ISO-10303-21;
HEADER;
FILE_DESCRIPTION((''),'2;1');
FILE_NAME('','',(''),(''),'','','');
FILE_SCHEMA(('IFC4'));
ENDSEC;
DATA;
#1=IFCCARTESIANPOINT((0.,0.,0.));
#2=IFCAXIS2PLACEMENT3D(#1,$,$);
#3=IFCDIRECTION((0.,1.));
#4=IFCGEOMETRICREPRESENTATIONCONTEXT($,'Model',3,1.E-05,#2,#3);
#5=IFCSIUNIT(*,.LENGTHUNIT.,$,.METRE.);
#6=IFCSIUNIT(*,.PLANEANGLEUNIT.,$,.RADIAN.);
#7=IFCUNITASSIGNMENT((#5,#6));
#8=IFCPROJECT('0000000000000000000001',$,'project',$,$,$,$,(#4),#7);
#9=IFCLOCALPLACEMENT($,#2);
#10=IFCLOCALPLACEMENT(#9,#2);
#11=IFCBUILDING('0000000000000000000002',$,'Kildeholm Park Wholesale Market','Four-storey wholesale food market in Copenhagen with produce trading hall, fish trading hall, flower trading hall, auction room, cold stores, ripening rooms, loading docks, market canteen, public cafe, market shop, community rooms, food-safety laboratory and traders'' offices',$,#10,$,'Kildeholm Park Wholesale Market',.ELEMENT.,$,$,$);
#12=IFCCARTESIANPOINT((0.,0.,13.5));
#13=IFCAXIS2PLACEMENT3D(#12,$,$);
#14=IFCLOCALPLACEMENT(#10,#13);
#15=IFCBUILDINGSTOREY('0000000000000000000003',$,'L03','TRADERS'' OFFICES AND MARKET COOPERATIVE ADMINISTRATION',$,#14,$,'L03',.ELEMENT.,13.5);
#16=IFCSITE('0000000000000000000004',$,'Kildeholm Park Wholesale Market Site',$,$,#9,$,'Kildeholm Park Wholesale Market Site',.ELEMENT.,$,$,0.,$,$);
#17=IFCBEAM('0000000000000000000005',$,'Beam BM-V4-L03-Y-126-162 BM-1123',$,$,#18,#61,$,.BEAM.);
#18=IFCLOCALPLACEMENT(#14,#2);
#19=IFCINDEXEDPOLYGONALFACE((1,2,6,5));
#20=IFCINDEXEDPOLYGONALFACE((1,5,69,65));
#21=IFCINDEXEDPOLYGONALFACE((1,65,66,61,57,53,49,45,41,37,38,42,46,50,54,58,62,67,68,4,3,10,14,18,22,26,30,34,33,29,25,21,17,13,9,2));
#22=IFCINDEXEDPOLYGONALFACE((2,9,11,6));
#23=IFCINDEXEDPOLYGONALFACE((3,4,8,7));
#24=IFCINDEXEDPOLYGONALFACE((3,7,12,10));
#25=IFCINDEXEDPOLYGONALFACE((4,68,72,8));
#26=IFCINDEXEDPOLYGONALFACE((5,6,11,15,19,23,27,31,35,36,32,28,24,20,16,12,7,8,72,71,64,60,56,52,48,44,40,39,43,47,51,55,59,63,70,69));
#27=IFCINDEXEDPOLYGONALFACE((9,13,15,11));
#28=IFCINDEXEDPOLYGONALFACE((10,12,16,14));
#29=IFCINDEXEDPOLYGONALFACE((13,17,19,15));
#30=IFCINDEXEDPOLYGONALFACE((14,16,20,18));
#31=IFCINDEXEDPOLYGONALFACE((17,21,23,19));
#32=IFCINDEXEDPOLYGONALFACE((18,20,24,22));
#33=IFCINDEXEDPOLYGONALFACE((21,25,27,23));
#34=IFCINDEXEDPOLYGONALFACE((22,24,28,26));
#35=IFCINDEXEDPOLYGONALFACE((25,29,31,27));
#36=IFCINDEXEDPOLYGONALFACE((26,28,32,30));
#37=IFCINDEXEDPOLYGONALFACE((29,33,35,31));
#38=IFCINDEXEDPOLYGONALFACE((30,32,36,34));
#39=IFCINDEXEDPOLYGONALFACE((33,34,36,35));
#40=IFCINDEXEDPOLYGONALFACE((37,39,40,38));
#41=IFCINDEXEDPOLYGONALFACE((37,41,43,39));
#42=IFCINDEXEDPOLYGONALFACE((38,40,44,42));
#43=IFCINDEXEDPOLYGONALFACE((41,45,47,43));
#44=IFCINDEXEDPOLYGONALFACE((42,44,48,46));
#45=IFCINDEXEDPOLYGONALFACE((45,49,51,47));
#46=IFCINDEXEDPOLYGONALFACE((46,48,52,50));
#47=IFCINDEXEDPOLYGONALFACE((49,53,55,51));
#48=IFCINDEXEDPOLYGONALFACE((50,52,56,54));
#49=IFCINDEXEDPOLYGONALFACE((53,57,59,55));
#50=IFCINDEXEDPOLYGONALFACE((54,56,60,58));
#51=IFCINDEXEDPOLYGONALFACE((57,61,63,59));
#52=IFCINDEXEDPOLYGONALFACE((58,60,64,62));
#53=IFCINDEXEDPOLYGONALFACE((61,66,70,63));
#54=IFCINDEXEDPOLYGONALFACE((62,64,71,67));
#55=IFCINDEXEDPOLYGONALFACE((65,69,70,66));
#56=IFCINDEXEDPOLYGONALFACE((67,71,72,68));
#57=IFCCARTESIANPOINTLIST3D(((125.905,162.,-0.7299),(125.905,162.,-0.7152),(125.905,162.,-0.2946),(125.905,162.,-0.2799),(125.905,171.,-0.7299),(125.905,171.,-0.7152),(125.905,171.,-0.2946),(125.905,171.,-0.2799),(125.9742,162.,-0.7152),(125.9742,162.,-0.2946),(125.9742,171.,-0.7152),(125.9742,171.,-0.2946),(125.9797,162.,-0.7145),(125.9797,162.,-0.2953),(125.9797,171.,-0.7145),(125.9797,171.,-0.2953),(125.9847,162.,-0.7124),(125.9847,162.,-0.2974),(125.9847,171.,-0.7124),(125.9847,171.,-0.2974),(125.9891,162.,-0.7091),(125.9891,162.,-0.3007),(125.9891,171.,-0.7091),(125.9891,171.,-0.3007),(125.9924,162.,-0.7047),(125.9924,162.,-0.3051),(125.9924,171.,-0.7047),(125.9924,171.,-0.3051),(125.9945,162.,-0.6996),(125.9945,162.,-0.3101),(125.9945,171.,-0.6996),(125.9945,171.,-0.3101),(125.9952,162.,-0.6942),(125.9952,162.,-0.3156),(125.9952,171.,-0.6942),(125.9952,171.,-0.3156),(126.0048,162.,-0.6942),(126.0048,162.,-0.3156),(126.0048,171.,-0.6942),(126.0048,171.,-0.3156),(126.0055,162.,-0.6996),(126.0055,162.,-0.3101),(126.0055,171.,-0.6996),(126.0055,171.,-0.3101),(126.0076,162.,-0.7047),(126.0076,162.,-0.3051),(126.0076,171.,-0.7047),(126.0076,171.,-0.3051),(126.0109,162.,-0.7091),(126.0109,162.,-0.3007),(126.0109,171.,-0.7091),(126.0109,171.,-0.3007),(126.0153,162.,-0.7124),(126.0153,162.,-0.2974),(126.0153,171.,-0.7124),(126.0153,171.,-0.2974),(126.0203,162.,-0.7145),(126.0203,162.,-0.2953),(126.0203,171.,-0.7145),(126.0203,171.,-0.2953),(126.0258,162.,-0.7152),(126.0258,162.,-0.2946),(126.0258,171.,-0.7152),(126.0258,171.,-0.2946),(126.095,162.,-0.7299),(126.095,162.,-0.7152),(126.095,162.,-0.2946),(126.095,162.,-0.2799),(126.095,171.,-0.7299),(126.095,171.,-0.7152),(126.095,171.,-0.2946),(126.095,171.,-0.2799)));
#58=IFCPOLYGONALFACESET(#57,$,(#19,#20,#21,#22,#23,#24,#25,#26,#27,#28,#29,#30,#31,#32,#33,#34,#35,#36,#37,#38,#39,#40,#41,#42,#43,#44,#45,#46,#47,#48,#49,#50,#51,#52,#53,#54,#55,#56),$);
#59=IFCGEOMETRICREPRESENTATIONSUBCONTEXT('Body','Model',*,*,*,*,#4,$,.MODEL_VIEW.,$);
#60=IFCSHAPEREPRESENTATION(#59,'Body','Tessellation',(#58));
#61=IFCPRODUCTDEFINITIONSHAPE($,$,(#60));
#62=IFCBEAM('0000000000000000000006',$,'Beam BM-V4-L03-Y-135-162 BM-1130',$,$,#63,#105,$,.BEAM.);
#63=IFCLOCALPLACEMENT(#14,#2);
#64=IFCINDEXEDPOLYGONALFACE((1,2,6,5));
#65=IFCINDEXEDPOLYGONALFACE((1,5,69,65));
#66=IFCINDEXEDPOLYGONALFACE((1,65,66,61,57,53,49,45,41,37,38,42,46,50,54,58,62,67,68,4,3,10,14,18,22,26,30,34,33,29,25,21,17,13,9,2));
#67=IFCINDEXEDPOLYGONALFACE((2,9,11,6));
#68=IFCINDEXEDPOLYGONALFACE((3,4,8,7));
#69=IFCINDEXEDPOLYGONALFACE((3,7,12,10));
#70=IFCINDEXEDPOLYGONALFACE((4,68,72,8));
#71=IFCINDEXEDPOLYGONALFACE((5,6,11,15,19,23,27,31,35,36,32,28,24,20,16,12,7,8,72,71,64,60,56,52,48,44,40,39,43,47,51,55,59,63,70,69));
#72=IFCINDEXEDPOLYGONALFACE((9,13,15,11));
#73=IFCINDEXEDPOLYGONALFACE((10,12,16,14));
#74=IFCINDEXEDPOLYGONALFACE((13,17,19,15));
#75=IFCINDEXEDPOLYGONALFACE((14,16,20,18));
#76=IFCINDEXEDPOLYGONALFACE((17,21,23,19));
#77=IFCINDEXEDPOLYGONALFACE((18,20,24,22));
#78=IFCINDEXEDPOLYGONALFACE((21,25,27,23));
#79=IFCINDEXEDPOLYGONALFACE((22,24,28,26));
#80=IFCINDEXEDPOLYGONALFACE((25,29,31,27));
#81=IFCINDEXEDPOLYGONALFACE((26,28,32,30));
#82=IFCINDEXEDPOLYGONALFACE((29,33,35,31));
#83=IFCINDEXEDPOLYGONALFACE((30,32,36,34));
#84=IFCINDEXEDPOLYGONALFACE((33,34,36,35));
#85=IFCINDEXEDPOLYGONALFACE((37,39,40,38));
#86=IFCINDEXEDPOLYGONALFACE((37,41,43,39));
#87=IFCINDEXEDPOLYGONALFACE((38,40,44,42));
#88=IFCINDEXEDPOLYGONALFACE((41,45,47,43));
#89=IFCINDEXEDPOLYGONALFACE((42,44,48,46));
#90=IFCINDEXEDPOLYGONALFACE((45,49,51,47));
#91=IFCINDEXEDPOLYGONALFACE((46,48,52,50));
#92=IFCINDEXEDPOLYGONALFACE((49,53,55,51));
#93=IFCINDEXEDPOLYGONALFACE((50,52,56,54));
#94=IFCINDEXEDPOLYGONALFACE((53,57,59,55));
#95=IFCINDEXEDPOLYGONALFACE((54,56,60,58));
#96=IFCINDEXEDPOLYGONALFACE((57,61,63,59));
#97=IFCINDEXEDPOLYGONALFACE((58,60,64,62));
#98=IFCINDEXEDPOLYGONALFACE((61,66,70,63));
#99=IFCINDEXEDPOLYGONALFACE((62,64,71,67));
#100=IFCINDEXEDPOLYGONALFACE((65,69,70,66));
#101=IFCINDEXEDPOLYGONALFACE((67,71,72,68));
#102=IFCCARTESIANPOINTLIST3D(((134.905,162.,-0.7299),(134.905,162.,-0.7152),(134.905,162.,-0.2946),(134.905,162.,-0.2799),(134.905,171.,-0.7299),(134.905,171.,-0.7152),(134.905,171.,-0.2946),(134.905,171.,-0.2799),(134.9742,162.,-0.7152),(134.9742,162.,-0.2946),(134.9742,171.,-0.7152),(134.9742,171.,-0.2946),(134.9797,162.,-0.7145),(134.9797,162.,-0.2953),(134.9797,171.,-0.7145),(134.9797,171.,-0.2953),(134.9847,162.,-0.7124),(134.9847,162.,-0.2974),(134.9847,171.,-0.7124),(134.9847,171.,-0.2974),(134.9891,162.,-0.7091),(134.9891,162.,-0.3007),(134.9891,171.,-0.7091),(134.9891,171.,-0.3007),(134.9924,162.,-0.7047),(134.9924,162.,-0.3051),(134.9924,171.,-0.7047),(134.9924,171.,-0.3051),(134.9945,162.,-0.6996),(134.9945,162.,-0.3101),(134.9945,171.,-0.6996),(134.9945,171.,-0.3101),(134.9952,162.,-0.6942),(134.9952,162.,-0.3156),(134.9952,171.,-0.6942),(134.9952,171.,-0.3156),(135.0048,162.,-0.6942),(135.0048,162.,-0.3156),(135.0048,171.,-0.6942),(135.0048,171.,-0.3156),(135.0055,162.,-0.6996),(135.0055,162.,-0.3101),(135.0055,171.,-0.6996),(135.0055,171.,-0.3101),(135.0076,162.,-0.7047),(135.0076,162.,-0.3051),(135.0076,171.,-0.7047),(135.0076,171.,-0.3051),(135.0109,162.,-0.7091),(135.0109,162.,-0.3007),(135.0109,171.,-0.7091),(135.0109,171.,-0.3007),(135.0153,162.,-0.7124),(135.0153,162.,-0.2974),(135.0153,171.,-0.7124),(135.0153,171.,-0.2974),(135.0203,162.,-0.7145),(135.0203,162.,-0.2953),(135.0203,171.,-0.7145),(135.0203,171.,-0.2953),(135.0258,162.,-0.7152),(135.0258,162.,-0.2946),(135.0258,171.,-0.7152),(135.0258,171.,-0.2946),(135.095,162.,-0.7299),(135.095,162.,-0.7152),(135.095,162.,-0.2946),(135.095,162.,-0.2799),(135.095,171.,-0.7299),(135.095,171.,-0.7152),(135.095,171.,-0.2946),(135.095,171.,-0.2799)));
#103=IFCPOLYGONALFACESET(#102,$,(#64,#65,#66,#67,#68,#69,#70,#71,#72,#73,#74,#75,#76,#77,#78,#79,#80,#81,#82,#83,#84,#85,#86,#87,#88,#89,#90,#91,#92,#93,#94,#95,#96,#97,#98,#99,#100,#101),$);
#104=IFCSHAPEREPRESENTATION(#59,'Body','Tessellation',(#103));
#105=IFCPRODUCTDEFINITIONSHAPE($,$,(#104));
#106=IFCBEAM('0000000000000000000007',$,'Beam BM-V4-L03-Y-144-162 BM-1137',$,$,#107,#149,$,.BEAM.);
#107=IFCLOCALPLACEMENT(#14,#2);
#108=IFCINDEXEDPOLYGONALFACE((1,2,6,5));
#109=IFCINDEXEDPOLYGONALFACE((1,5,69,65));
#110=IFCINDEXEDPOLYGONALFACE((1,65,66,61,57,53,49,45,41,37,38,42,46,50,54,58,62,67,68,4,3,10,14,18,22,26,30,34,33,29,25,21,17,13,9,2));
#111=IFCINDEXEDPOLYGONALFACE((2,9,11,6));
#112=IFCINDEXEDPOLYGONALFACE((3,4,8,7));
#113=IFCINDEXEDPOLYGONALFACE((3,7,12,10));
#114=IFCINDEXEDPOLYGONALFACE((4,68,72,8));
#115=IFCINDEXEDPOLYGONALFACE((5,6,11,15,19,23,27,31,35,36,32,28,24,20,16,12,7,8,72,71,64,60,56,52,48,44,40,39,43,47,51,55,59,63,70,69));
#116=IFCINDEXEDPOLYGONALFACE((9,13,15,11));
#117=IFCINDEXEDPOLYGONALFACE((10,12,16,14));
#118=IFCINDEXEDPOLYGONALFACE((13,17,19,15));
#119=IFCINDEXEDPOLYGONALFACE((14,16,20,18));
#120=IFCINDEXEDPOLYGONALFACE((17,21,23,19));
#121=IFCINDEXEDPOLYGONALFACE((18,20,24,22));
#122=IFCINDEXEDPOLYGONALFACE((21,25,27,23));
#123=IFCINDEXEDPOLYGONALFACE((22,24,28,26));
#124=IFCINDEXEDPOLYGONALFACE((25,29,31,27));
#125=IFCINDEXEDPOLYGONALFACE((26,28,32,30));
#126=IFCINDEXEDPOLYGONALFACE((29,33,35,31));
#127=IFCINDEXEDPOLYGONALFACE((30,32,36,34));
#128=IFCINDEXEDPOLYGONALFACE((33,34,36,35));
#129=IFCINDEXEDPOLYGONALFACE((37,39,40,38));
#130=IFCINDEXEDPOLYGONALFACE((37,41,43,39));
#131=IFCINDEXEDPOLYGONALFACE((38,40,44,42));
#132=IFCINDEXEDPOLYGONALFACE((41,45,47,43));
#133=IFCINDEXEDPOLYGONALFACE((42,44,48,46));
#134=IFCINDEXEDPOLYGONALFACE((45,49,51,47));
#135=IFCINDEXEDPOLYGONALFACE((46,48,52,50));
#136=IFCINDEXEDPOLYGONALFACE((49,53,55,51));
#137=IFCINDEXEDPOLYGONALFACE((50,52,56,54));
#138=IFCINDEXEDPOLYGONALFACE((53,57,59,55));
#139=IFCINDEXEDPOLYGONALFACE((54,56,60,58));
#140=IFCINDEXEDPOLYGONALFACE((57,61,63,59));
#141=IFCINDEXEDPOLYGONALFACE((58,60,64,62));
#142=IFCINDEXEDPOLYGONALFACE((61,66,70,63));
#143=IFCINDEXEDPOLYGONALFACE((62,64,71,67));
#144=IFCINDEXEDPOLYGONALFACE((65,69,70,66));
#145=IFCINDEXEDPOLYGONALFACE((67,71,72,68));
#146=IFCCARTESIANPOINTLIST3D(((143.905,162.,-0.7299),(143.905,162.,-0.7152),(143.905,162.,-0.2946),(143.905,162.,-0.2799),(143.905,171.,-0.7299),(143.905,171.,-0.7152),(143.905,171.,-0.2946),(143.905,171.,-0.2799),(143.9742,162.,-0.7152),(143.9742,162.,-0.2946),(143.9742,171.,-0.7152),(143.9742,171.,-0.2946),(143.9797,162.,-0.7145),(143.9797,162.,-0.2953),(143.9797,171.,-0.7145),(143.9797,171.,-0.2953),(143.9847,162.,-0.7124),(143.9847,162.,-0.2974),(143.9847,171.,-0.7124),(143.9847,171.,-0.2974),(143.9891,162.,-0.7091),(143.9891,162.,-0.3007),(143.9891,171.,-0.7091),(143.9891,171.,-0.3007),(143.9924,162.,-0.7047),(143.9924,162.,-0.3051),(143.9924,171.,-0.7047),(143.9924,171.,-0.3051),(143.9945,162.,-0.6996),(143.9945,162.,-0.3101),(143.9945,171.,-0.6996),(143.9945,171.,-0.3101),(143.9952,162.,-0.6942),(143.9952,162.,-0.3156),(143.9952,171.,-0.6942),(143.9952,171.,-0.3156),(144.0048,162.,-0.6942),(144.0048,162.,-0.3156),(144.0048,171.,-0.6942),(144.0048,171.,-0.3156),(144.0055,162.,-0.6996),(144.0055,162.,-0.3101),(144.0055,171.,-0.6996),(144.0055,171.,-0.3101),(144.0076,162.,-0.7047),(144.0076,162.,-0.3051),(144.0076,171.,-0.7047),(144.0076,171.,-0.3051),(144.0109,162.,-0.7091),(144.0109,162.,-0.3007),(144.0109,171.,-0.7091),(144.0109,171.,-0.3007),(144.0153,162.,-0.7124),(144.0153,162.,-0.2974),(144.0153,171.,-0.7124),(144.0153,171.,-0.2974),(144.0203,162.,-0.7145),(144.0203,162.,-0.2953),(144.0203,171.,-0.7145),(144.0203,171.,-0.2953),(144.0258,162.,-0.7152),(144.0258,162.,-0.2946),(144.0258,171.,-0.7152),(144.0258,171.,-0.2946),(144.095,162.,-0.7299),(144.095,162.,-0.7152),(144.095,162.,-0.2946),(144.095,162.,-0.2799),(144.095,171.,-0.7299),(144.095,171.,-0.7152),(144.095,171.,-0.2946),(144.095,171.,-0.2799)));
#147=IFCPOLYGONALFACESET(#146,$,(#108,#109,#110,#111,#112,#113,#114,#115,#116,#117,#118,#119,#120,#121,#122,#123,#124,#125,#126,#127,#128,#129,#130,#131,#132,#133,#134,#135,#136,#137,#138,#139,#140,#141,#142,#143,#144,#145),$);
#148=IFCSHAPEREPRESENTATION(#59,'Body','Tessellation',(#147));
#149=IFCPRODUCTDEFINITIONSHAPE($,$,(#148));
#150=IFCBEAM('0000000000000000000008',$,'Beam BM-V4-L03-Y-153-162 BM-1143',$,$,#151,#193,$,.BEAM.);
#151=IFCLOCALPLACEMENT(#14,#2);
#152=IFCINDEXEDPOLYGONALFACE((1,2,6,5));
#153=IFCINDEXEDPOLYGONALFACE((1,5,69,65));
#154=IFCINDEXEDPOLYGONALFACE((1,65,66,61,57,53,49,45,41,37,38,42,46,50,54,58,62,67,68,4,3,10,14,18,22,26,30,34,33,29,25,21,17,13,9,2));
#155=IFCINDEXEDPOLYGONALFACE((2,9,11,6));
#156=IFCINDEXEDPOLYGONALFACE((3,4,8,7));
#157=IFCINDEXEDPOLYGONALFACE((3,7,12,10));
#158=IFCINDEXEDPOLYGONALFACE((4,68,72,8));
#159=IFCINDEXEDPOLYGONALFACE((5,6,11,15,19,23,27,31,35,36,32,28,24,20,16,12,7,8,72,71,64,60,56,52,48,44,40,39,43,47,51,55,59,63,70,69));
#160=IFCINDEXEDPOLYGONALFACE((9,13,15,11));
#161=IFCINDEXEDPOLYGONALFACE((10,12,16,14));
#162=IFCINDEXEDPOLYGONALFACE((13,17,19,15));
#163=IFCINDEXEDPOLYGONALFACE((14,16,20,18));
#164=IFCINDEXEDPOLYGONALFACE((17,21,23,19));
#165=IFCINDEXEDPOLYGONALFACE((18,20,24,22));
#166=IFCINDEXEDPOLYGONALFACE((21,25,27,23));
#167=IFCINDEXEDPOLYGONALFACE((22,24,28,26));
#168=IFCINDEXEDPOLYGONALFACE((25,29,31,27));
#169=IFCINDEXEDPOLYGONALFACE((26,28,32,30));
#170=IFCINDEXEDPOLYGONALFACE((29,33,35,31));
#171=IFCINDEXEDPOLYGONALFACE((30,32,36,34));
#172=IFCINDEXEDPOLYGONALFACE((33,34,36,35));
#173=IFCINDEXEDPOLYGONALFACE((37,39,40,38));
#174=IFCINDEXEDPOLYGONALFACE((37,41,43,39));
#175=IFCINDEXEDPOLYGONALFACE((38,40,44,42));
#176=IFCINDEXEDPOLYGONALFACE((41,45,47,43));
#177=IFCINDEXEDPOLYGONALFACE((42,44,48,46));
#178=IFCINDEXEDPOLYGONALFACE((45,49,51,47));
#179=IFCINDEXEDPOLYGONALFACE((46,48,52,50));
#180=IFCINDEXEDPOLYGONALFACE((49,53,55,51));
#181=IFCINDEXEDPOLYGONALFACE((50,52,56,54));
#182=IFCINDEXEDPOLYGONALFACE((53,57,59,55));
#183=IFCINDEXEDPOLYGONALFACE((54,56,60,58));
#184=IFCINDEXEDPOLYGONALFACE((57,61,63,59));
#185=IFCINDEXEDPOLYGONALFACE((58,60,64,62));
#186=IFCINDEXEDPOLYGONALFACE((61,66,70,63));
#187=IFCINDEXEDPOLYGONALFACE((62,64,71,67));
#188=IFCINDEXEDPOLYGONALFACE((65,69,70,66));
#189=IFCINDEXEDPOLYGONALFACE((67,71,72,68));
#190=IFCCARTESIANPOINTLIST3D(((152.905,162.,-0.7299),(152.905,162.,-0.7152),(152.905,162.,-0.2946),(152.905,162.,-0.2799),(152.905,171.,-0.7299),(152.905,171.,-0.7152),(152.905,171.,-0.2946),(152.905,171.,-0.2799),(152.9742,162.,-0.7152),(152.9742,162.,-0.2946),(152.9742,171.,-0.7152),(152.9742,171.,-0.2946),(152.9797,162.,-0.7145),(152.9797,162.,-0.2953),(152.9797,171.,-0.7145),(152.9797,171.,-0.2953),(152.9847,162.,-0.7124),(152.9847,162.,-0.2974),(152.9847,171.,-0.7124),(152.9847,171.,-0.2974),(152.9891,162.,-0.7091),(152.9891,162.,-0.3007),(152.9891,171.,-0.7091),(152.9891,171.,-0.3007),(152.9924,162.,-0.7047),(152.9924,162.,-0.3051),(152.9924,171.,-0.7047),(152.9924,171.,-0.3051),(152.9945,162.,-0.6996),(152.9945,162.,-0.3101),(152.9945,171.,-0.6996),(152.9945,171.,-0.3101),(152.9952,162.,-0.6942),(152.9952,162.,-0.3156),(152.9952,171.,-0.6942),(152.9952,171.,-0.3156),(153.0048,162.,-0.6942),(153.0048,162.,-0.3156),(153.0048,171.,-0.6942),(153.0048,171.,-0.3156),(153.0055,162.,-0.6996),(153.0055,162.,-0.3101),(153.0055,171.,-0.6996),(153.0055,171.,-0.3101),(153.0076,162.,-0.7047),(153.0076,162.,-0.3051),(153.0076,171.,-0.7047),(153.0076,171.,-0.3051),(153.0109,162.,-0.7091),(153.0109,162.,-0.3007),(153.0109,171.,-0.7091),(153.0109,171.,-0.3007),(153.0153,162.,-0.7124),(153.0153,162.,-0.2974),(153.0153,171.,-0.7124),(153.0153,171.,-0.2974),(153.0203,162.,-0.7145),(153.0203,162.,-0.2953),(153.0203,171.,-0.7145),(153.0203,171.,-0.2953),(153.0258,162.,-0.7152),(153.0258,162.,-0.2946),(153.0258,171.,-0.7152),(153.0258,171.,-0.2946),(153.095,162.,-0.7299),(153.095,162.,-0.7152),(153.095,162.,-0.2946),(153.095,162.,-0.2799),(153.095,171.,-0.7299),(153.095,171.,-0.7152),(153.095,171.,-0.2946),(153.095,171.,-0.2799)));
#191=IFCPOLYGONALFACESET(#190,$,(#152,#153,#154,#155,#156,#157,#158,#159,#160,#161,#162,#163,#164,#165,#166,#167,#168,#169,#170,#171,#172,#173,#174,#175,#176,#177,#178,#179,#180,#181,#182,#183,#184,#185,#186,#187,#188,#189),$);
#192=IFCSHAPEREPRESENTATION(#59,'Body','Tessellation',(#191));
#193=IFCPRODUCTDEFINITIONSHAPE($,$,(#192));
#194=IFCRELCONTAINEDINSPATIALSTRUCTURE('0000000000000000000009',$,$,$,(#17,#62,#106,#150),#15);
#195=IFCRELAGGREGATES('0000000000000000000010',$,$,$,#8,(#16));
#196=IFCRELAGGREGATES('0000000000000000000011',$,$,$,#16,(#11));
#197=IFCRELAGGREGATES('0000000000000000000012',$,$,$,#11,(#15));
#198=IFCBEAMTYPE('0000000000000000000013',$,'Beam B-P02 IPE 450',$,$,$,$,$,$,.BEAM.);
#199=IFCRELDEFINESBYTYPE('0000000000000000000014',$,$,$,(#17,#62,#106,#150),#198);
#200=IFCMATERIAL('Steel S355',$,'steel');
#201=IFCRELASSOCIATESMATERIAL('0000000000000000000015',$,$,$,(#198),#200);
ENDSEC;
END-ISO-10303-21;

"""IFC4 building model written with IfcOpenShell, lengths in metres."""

from ifc_helpers import new_model, si_unit, direction, frame, origin, origin_2d, place, context, subcontext, project, spatial, i_section, extrude, material, material_profile, profile_set, type_object, element, save


model = new_model("IFC4")

# Units and contexts
model_context = context("Model", 3, precision=1e-05, world=origin(), true_north=direction((0.0, 1.0)))
body_context = subcontext(model_context, "Body", "Model", "MODEL_VIEW")
ifc_project = project(units=[si_unit("LENGTHUNIT", "METRE"), si_unit("PLANEANGLEUNIT", "RADIAN")], contexts=[model_context])

# Site, building, storey
site_placement = place(None, origin())
site = spatial("IfcSite", under=ifc_project, at=site_placement, Name="Kildeholm Park Wholesale Market Site", LongName="Kildeholm Park Wholesale Market Site", CompositionType="ELEMENT", RefElevation=0.0)
building_placement = place(site_placement, origin())
building = spatial("IfcBuilding", under=site, at=building_placement, Name="Kildeholm Park Wholesale Market", Description="Four-storey wholesale food market in Copenhagen with produce trading hall, fish trading hall, flower trading hall, auction room, cold stores, ripening rooms, loading docks, market canteen, public cafe, market shop, community rooms, food-safety laboratory and traders' offices", LongName="Kildeholm Park Wholesale Market", CompositionType="ELEMENT")
storey_placement = place(building_placement, frame((0.0, 0.0, 13.5)))
storey = spatial("IfcBuildingStorey", under=building, at=storey_placement, Name="L03", Description="TRADERS' OFFICES AND MARKET COOPERATIVE ADMINISTRATION", LongName="L03", CompositionType="ELEMENT", Elevation=13.5)

# Beams
ifc_material_1 = material(Name="Steel S355", Category="steel")
ifc_material_profile_1 = material_profile(ifc_material_1, i_section(OverallWidth=0.1899, OverallDepth=0.45, WebThickness=0.0095, FlangeThickness=0.0146, FilletRadius=0.021, at=origin_2d()), Name="IPE 450")
ifc_profile_set_1 = profile_set([ifc_material_profile_1], Name="Steel S355")
beam_type_1 = type_object("IfcBeamType", Name="Beam B-P02 IPE 450", PredefinedType="BEAM", material=ifc_profile_set_1)
for number, where, z_axis, x_axis, name in (
    (1, (126.0, 162.0, -0.5049), (0.0, 1.0, 0.0), (-1.0, 0.0, 0.0), "Beam BM-V4-L03-Y-126-162 BM-1123"),
    (2, (135.0, 162.0, -0.5049), (0.0, 1.0, 0.0), (-1.0, 0.0, 0.0), "Beam BM-V4-L03-Y-135-162 BM-1130"),
    (3, (144.0, 162.0, -0.5049), (0.0, 1.0, 0.0), (-1.0, 0.0, 0.0), "Beam BM-V4-L03-Y-144-162 BM-1137"),
    (4, (153.0, 162.0, -0.5049), (0.0, 1.0, 0.0), (-1.0, 0.0, 0.0), "Beam BM-V4-L03-Y-153-162 BM-1143"),
):
    element("IfcBeam", number, at=place(storey_placement, frame(where, z_axis=z_axis, x_axis=x_axis)), inside=storey, type_object=beam_type_1, Name=name, PredefinedType="BEAM", context=body_context, shape_type="SweptSolid", body=[
        extrude(i_section(OverallWidth=0.1899, OverallDepth=0.45, WebThickness=0.0095, FlangeThickness=0.0146, FilletRadius=0.021, at=origin_2d()), origin(), (0.0, 0.0, 1.0), 9.0),
    ])

save(model, "model.ifc")
